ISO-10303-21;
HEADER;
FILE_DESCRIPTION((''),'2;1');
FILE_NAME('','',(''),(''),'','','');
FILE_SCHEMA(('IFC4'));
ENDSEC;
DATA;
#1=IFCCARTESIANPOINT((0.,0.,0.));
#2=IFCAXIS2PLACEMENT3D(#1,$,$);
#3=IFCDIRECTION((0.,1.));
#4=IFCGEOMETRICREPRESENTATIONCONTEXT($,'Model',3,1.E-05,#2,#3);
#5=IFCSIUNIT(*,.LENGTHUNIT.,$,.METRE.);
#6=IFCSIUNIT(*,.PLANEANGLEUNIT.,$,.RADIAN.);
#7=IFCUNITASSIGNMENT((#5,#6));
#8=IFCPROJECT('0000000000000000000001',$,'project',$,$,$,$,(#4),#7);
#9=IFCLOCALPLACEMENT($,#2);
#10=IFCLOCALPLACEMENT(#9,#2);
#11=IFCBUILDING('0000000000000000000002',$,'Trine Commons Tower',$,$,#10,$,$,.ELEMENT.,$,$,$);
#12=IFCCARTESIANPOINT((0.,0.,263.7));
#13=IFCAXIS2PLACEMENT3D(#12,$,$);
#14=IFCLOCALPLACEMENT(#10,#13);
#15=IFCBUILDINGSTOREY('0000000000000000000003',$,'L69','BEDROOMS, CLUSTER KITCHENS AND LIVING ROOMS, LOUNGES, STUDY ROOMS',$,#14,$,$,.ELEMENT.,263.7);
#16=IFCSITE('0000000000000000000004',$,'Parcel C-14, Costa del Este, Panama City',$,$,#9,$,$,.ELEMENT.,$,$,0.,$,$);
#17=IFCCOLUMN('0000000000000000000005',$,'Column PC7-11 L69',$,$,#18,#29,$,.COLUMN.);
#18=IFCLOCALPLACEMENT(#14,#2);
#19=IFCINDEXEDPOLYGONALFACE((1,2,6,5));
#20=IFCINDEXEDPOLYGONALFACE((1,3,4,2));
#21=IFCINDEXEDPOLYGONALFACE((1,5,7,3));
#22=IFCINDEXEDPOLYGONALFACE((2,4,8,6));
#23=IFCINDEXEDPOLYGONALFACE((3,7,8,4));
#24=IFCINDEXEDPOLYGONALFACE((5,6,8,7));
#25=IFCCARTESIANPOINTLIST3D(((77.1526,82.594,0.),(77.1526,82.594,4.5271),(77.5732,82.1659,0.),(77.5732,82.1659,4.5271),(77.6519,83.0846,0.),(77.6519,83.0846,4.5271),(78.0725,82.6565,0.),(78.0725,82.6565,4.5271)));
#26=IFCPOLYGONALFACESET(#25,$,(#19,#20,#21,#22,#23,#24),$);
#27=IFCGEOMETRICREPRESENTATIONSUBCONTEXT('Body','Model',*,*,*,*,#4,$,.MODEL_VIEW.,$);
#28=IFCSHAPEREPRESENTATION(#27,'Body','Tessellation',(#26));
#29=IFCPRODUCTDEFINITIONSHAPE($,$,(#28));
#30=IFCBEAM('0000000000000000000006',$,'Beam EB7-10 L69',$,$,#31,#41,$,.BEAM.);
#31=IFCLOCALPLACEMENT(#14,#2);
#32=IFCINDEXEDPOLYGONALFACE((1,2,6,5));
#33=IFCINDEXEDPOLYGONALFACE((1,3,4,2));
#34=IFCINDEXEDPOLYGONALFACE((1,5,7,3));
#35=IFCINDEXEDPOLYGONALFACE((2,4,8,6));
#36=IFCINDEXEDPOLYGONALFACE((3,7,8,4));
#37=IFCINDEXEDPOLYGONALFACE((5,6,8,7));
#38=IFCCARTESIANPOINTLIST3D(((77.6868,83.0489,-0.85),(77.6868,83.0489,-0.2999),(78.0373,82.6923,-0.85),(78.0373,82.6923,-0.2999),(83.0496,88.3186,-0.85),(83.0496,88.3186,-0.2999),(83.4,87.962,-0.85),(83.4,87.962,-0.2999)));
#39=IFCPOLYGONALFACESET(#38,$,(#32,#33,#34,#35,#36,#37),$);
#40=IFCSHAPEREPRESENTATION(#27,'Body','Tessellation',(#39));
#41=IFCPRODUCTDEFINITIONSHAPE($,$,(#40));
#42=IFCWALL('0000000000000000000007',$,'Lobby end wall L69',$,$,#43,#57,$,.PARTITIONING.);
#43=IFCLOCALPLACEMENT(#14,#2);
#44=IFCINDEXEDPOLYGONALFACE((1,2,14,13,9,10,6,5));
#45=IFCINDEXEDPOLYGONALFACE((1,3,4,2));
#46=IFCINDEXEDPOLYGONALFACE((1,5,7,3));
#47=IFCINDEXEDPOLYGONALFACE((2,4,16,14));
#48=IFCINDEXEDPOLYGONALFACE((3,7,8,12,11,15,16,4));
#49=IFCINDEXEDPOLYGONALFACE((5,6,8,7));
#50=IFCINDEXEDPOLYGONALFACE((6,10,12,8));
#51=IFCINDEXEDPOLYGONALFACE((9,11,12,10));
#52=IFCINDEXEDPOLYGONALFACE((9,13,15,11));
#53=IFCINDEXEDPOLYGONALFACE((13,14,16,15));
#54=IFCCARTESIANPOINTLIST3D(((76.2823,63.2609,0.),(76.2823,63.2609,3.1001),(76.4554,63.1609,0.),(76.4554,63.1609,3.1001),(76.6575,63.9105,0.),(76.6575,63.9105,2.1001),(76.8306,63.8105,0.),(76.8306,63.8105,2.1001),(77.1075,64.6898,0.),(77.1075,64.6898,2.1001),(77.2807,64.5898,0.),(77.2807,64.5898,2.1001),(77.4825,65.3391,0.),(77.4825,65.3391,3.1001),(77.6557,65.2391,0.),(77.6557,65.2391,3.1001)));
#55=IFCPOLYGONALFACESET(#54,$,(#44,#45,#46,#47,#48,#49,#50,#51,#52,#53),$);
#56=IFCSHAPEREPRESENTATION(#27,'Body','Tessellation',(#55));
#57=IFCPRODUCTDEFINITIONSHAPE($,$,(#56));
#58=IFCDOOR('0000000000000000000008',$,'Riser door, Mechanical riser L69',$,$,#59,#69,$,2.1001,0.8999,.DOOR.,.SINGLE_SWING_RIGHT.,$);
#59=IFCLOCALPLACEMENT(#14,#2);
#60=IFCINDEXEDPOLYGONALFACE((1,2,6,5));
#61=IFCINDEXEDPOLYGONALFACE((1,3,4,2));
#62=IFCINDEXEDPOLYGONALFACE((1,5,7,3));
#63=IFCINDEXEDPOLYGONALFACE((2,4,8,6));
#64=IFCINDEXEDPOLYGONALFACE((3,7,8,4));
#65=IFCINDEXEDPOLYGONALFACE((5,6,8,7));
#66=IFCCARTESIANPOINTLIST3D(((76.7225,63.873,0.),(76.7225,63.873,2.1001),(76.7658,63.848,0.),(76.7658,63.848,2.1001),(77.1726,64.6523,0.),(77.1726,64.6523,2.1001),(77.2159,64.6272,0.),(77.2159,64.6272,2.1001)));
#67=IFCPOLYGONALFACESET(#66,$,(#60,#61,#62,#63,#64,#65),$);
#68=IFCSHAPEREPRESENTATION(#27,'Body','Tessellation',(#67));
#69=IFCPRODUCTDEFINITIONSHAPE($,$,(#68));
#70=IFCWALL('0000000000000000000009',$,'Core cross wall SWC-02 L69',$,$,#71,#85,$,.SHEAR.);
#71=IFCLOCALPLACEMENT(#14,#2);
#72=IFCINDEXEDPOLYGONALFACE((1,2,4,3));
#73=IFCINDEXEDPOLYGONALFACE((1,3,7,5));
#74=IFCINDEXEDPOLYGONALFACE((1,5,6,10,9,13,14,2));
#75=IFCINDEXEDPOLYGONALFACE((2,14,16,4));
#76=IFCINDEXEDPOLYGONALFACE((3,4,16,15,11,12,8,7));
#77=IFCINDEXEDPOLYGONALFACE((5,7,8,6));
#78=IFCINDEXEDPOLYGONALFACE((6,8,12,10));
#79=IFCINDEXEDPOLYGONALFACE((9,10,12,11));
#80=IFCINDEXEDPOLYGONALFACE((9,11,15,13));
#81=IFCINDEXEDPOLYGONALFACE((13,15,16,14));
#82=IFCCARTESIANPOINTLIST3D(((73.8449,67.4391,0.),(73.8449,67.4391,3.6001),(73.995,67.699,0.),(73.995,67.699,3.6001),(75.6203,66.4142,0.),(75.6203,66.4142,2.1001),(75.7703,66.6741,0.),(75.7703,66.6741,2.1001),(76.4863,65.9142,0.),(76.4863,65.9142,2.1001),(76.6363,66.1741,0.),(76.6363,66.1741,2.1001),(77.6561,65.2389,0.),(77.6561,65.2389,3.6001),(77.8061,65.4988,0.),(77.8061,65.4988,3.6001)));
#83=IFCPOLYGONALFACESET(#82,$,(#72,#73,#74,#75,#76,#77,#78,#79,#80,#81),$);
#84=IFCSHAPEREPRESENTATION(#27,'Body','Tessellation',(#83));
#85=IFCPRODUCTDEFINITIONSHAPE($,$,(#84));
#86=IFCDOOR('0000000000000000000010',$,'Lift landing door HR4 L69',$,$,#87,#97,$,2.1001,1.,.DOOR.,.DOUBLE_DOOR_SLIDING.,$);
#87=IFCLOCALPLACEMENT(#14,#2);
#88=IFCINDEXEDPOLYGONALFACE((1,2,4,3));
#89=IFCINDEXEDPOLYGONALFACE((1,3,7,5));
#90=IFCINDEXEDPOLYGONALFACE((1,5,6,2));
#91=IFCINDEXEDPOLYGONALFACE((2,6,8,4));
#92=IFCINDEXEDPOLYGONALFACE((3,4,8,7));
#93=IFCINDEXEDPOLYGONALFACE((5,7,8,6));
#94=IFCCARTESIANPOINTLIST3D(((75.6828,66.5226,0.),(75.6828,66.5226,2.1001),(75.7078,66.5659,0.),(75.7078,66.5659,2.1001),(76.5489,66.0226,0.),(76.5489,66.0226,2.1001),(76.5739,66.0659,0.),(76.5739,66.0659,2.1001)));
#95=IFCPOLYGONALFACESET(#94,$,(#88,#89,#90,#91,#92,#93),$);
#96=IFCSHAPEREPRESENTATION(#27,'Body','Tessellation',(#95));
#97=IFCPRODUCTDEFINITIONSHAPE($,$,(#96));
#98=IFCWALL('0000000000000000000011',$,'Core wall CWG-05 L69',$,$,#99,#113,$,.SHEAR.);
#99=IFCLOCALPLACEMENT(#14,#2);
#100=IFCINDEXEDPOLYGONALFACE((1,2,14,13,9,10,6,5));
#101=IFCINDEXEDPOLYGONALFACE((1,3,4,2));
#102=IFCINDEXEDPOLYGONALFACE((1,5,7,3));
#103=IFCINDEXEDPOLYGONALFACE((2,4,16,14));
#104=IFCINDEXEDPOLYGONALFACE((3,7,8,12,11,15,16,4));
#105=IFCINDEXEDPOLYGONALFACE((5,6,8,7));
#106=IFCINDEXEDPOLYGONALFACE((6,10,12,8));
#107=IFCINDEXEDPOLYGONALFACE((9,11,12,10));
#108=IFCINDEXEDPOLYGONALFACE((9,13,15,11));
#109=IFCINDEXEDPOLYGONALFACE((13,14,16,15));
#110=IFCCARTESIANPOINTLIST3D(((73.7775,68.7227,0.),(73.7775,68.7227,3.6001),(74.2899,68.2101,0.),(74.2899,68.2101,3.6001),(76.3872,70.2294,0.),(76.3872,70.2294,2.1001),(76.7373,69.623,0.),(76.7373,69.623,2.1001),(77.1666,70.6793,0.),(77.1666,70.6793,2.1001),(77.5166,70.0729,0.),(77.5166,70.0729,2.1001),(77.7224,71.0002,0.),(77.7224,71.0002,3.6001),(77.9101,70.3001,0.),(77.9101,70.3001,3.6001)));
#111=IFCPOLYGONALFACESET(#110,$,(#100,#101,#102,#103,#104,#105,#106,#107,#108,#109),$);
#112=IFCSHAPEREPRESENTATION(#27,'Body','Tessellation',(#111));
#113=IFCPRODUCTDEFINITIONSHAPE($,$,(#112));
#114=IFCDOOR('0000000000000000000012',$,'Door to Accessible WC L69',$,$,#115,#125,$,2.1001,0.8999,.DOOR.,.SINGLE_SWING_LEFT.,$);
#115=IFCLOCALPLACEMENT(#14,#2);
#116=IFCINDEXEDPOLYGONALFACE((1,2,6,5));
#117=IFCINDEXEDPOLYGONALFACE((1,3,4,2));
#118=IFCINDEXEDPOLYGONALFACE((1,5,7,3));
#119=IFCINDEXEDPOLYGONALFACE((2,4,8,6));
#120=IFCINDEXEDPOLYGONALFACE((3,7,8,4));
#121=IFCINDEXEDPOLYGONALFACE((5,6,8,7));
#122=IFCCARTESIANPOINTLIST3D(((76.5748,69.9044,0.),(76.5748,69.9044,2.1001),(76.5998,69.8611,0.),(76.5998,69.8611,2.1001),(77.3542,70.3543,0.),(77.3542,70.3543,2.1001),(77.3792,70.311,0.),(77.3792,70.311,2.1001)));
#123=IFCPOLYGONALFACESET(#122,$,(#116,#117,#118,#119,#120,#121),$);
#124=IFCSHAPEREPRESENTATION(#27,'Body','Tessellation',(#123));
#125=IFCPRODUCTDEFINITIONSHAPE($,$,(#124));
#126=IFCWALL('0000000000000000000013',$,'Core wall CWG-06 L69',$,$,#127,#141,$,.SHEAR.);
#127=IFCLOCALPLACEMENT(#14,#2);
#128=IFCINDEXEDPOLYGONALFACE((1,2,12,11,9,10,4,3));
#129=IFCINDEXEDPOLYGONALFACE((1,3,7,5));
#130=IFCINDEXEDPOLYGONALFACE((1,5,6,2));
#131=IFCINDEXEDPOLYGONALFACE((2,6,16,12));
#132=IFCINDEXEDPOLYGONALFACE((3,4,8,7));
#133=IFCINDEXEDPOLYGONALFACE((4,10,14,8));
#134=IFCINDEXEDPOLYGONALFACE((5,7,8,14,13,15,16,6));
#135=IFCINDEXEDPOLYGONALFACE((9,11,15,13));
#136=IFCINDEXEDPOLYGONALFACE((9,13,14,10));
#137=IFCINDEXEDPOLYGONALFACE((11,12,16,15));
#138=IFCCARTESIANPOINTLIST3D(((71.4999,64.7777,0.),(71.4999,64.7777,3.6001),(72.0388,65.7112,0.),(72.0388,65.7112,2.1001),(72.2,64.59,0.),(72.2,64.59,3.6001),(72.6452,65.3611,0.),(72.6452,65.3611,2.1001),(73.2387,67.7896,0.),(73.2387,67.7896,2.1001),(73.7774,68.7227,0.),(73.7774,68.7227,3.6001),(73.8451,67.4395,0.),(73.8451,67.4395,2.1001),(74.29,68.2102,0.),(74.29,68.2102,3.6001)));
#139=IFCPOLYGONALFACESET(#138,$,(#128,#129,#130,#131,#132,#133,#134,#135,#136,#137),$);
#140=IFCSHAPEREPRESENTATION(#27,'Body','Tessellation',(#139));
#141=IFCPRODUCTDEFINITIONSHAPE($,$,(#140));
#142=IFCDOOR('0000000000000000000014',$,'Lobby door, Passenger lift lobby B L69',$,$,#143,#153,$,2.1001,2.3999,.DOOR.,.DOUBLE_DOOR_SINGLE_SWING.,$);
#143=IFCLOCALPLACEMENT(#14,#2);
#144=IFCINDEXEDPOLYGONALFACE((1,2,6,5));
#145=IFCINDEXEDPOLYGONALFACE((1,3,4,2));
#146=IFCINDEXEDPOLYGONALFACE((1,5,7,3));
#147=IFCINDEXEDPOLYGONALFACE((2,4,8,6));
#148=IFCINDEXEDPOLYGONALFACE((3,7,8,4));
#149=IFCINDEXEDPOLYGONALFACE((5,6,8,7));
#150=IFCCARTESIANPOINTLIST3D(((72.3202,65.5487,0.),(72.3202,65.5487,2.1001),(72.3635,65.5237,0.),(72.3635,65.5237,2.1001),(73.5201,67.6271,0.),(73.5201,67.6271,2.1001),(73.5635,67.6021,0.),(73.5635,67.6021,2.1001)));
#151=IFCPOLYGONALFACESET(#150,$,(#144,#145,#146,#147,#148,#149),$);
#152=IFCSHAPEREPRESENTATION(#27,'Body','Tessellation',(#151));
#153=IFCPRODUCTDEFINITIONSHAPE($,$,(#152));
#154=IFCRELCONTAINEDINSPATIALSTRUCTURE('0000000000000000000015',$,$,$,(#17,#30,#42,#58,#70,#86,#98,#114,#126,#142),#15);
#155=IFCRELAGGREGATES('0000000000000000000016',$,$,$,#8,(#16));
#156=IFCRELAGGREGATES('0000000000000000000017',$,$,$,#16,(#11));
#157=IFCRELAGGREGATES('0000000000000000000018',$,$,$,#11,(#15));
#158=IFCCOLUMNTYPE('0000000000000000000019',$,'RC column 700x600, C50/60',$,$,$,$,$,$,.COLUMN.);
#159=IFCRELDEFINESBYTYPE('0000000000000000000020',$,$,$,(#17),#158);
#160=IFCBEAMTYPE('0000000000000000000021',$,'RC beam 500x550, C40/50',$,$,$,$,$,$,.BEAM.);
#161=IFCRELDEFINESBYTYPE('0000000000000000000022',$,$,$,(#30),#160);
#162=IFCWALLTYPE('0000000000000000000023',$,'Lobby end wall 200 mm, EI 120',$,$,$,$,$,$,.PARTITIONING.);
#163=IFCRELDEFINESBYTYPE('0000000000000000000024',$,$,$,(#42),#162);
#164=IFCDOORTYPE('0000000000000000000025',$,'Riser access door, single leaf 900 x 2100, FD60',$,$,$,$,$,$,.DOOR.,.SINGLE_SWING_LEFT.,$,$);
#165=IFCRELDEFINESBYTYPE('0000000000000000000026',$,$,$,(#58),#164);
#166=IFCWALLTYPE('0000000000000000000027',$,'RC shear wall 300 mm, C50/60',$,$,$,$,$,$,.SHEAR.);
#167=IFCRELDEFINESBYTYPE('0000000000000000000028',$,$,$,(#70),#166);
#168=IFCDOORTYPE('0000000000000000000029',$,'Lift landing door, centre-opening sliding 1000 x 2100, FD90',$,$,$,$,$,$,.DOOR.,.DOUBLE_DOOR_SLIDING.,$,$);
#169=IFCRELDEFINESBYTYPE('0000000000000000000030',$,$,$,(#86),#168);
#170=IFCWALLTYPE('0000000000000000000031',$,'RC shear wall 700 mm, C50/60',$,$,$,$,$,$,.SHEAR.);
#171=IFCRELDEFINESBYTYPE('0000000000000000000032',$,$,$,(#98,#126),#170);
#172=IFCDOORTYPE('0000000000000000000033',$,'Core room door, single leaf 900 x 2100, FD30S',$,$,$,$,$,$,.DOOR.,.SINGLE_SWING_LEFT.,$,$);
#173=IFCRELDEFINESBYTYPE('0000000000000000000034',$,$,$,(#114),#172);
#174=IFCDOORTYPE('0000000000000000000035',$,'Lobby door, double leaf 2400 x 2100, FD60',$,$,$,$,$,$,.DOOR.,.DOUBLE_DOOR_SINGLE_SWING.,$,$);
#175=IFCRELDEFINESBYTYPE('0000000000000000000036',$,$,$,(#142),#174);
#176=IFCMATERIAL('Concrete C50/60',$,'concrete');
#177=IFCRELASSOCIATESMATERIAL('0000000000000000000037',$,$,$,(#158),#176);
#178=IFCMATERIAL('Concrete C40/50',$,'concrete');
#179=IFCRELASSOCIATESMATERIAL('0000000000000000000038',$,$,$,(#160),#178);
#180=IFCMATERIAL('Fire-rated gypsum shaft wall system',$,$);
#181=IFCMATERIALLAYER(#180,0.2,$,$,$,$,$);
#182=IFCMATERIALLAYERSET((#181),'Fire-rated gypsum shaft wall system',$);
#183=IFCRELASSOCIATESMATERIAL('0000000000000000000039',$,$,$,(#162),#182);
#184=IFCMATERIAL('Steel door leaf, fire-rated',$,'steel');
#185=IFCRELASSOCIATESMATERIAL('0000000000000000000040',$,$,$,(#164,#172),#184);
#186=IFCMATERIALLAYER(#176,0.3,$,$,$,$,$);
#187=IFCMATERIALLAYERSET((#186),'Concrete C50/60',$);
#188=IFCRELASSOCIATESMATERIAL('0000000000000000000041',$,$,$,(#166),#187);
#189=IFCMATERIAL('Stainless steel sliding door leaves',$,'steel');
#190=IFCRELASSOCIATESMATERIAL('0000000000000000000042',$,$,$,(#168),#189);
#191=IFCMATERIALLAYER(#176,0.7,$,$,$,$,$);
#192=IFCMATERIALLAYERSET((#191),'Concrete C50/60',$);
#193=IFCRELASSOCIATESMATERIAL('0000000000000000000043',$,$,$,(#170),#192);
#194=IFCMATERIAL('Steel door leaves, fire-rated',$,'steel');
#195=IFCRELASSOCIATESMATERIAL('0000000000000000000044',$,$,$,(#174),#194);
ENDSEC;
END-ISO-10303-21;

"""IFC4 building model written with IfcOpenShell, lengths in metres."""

from ifc_helpers import new_model, si_unit, direction, frame, frame_2d, origin, origin_2d, place, context, subcontext, project, spatial, polyline, rectangle, outline, extrude, material, layer, layer_set, material_profile, profile_set, type_object, element, fill, save


model = new_model("IFC4")

# Units and contexts
model_context = context("Model", 3, precision=1e-05, world=origin(), true_north=direction((0.0, 1.0)))
body_context = subcontext(model_context, "Body", "Model", "MODEL_VIEW")
ifc_project = project(units=[si_unit("LENGTHUNIT", "METRE"), si_unit("PLANEANGLEUNIT", "RADIAN")], contexts=[model_context])

# Site, building, storey
site_placement = place(None, origin())
site = spatial("IfcSite", under=ifc_project, at=site_placement, Name="Parcel C-14, Costa del Este, Panama City", CompositionType="ELEMENT", RefElevation=0.0)
building_placement = place(site_placement, origin())
building = spatial("IfcBuilding", under=site, at=building_placement, Name="Trine Commons Tower", CompositionType="ELEMENT")
storey_placement = place(building_placement, frame((0.0, 0.0, 263.7)))
storey = spatial("IfcBuildingStorey", under=building, at=storey_placement, Name="L69", Description="BEDROOMS, CLUSTER KITCHENS AND LIVING ROOMS, LOUNGES, STUDY ROOMS", CompositionType="ELEMENT", Elevation=263.7)

# Column
ifc_material_1 = material(Name="Concrete C50/60", Category="concrete")
ifc_material_profile_1 = material_profile(ifc_material_1, rectangle(XDim=0.7, YDim=0.6001, at=origin_2d()), Name="RC 700x600")
ifc_profile_set_1 = profile_set([ifc_material_profile_1], Name="Concrete C50/60")
column_type = type_object("IfcColumnType", Name="RC column 700x600, C50/60", PredefinedType="COLUMN", material=ifc_profile_set_1)
column_placement = place(storey_placement, frame((77.6125, 82.6252, 0.0), z_axis=(0.0, 0.0, 1.0), x_axis=(0.71325, 0.700909, 0.0)))
element("IfcColumn", 1, at=column_placement, inside=storey, type_object=column_type, Name="Column PC7-11 L69", PredefinedType="COLUMN", context=body_context, shape_type="SweptSolid", body=[
    extrude(rectangle(XDim=0.7, YDim=0.6001, at=origin_2d()), origin(), (0.0, 0.0, 1.0), 4.5271),
])

# Beam
ifc_material_2 = material(Name="Concrete C40/50", Category="concrete")
ifc_material_profile_2 = material_profile(ifc_material_2, rectangle(XDim=0.5, YDim=0.55, at=origin_2d()), Name="RC 500x550")
ifc_profile_set_2 = profile_set([ifc_material_profile_2], Name="Concrete C40/50")
beam_type = type_object("IfcBeamType", Name="RC beam 500x550, C40/50", PredefinedType="BEAM", material=ifc_profile_set_2)
beam_placement = place(storey_placement, frame((77.8621, 82.8706, -0.575), z_axis=(0.713266, 0.700894, 0.0), x_axis=(-0.700894, 0.713266, 0.0)))
element("IfcBeam", 2, at=beam_placement, inside=storey, type_object=beam_type, Name="Beam EB7-10 L69", PredefinedType="BEAM", context=body_context, shape_type="SweptSolid", body=[
    extrude(rectangle(XDim=0.5, YDim=0.55, at=origin_2d()), origin(), (0.0, 0.0, 1.0), 7.5186),
])

# Walls, openings, doors
ifc_material_3 = material(Name="Fire-rated gypsum shaft wall system")
ifc_layer_1 = layer(ifc_material_3, 0.2)
ifc_layer_set_1 = layer_set([ifc_layer_1], Name="Fire-rated gypsum shaft wall system")
wall_type_1 = type_object("IfcWallType", Name="Lobby end wall 200 mm, EI 120", PredefinedType="PARTITIONING", material=ifc_layer_set_1)
wall_1_placement = place(storey_placement, frame((77.5691, 65.2891, 0.0), z_axis=(0.0, 0.0, 1.0), x_axis=(-0.500122, -0.865955, 0.0)))
wall_1 = element("IfcWall", 3, at=wall_1_placement, inside=storey, type_object=wall_type_1, Name="Lobby end wall L69", PredefinedType="PARTITIONING", context=body_context, shape_type="SweptSolid", body=[
    extrude(rectangle(XDim=2.3999, YDim=0.2, at=frame_2d((1.2, 0.0))), origin(), (0.0, 0.0, 1.0), 3.1001),
])
opening_1_placement = place(wall_1_placement, frame((0.7498, 0.0, 0.0)))
opening_1 = element("IfcOpeningElement", 4, at=opening_1_placement, cuts=wall_1, PredefinedType="OPENING", context=body_context, shape_type="SweptSolid", body=[
    extrude(rectangle(XDim=0.8999, YDim=2.1001, at=frame_2d((0.45, 1.05))), frame((0.0, 0.1099, 0.0), z_axis=(0.0, -1.0, 0.0), x_axis=(1.0, 0.0, 0.0)), (0.0, 0.0, 1.0), 0.22),
])
ifc_material_4 = material(Name="Steel door leaf, fire-rated", Category="steel")
door_type_1 = type_object("IfcDoorType", Name="Riser access door, single leaf 900 x 2100, FD60", OperationType="SINGLE_SWING_LEFT", PredefinedType="DOOR", material=ifc_material_4)
door_1_placement = place(opening_1_placement, frame((0.8999, 0.0, 0.0), z_axis=(0.0, 0.0, 1.0), x_axis=(-1.0, 0.0, 0.0)))
door_1 = element("IfcDoor", 5, at=door_1_placement, inside=storey, type_object=door_type_1, Name="Riser door, Mechanical riser L69", OperationType="SINGLE_SWING_RIGHT", OverallHeight=2.1001, OverallWidth=0.8999, PredefinedType="DOOR", context=body_context, shape_type="SweptSolid", body=[
    extrude(rectangle(XDim=0.8999, YDim=2.1001, at=frame_2d((0.45, 1.05))), frame((0.0, 0.0249, 0.0), z_axis=(0.0, -1.0, 0.0), x_axis=(1.0, 0.0, 0.0)), (0.0, 0.0, 1.0), 0.05),
])
fill(opening_1, door_1)
ifc_layer_2 = layer(ifc_material_1, 0.3)
ifc_layer_set_2 = layer_set([ifc_layer_2], Name="Concrete C50/60")
wall_type_2 = type_object("IfcWallType", Name="RC shear wall 300 mm, C50/60", PredefinedType="SHEAR", material=ifc_layer_set_2)
wall_2_placement = place(storey_placement, frame((77.731, 65.3689, 0.0), z_axis=(0.0, 0.0, 1.0), x_axis=(-0.866036, 0.499982, 0.0)))
wall_2 = element("IfcWall", 6, at=wall_2_placement, inside=storey, type_object=wall_type_2, Name="Core cross wall SWC-02 L69", PredefinedType="SHEAR", context=body_context, shape_type="SweptSolid", body=[
    extrude(rectangle(XDim=4.4006, YDim=0.3, at=frame_2d((2.2002, 0.0))), origin(), (0.0, 0.0, 1.0), 3.6001),
])
opening_2_placement = place(wall_2_placement, frame((1.3506, 0.0, 0.0)))
opening_2 = element("IfcOpeningElement", 7, at=opening_2_placement, cuts=wall_2, PredefinedType="OPENING", context=body_context, shape_type="SweptSolid", body=[
    extrude(rectangle(XDim=1.0, YDim=2.1001, at=frame_2d((0.5, 1.05))), frame((0.0, 0.1599, 0.0), z_axis=(0.0, -1.0, 0.0), x_axis=(1.0, 0.0, 0.0)), (0.0, 0.0, 1.0), 0.3201),
])
ifc_material_5 = material(Name="Stainless steel sliding door leaves", Category="steel")
door_type_2 = type_object("IfcDoorType", Name="Lift landing door, centre-opening sliding 1000 x 2100, FD90", OperationType="DOUBLE_DOOR_SLIDING", PredefinedType="DOOR", material=ifc_material_5)
door_2_placement = place(opening_2_placement, origin())
door_2 = element("IfcDoor", 8, at=door_2_placement, inside=storey, type_object=door_type_2, Name="Lift landing door HR4 L69", OperationType="DOUBLE_DOOR_SLIDING", OverallHeight=2.1001, OverallWidth=1.0, PredefinedType="DOOR", context=body_context, shape_type="SweptSolid", body=[
    extrude(rectangle(XDim=1.0, YDim=2.1001, at=frame_2d((0.5, 1.05))), frame((0.0, 0.0249, 0.0), z_axis=(0.0, -1.0, 0.0), x_axis=(1.0, 0.0, 0.0)), (0.0, 0.0, 1.0), 0.05),
])
fill(opening_2, door_2)
ifc_layer_3 = layer(ifc_material_1, 0.7)
ifc_layer_set_3 = layer_set([ifc_layer_3], Name="Concrete C50/60")
wall_type_3 = type_object("IfcWallType", Name="RC shear wall 700 mm, C50/60", PredefinedType="SHEAR", material=ifc_layer_set_3)
wall_3_placement = place(storey_placement, frame((77.8975, 70.697, 0.0), z_axis=(0.0, 0.0, 1.0), x_axis=(-0.866035, -0.499984, 0.0)))
wall_3 = element("IfcWall", 9, at=wall_3_placement, inside=storey, type_object=wall_type_3, Name="Core wall CWG-05 L69", PredefinedType="SHEAR", context=body_context, shape_type="SweptSolid", body=[
    extrude(outline(polyline([(0.0, -0.3501), (4.5552, -0.3501), (4.3677, 0.3501), (0.1875, 0.3501), (0.0, -0.3501)])), origin(), (0.0, 0.0, 1.0), 3.6001),
])
opening_3_placement = place(wall_3_placement, frame((0.6418, 0.0, 0.0)))
opening_3 = element("IfcOpeningElement", 10, at=opening_3_placement, cuts=wall_3, PredefinedType="OPENING", context=body_context, shape_type="SweptSolid", body=[
    extrude(rectangle(XDim=0.8999, YDim=2.1001, at=frame_2d((0.45, 1.05))), frame((0.0, 0.3599, 0.0), z_axis=(0.0, -1.0, 0.0), x_axis=(1.0, 0.0, 0.0)), (0.0, 0.0, 1.0), 0.72),
])
door_type_3 = type_object("IfcDoorType", Name="Core room door, single leaf 900 x 2100, FD30S", OperationType="SINGLE_SWING_LEFT", PredefinedType="DOOR", material=ifc_material_4)
door_3_placement = place(opening_3_placement, origin())
door_3 = element("IfcDoor", 11, at=door_3_placement, inside=storey, type_object=door_type_3, Name="Door to Accessible WC L69", OperationType="SINGLE_SWING_LEFT", OverallHeight=2.1001, OverallWidth=0.8999, PredefinedType="DOOR", context=body_context, shape_type="SweptSolid", body=[
    extrude(rectangle(XDim=0.8999, YDim=2.1001, at=frame_2d((0.45, 1.05))), frame((0.0, 0.0752, 0.0), z_axis=(0.0, -1.0, 0.0), x_axis=(1.0, 0.0, 0.0)), (0.0, 0.0, 1.0), 0.05),
])
fill(opening_3, door_3)
wall_4_placement = place(storey_placement, frame((74.0806, 68.5476, 0.0), z_axis=(0.0, 0.0, 1.0), x_axis=(-0.499984, -0.866035, 0.0)))
wall_4 = element("IfcWall", 12, at=wall_4_placement, inside=storey, type_object=wall_type_3, Name="Core wall CWG-06 L69", PredefinedType="SHEAR", context=body_context, shape_type="SweptSolid", body=[
    extrude(outline(polyline([(0.0, -0.3501), (4.5552, -0.3501), (4.3677, 0.3501), (0.1875, 0.3501), (0.0, -0.3501)])), origin(), (0.0, 0.0, 1.0), 3.6001),
])
opening_4_placement = place(wall_4_placement, frame((1.0774, 0.0, 0.0)))
opening_4 = element("IfcOpeningElement", 13, at=opening_4_placement, cuts=wall_4, PredefinedType="OPENING", context=body_context, shape_type="SweptSolid", body=[
    extrude(rectangle(XDim=2.3999, YDim=2.1001, at=frame_2d((1.2, 1.05))), frame((0.0, 0.3599, 0.0), z_axis=(0.0, -1.0, 0.0), x_axis=(1.0, 0.0, 0.0)), (0.0, 0.0, 1.0), 0.72),
])
ifc_material_6 = material(Name="Steel door leaves, fire-rated", Category="steel")
door_type_4 = type_object("IfcDoorType", Name="Lobby door, double leaf 2400 x 2100, FD60", OperationType="DOUBLE_DOOR_SINGLE_SWING", PredefinedType="DOOR", material=ifc_material_6)
door_4_placement = place(opening_4_placement, origin())
door_4 = element("IfcDoor", 14, at=door_4_placement, inside=storey, type_object=door_type_4, Name="Lobby door, Passenger lift lobby B L69", OperationType="DOUBLE_DOOR_SINGLE_SWING", OverallHeight=2.1001, OverallWidth=2.3999, PredefinedType="DOOR", context=body_context, shape_type="SweptSolid", body=[
    extrude(rectangle(XDim=2.3999, YDim=2.1001, at=frame_2d((1.2, 1.05))), frame((0.0, 0.0249, 0.0), z_axis=(0.0, -1.0, 0.0), x_axis=(1.0, 0.0, 0.0)), (0.0, 0.0, 1.0), 0.05),
])
fill(opening_4, door_4)

save(model, "model.ifc")
